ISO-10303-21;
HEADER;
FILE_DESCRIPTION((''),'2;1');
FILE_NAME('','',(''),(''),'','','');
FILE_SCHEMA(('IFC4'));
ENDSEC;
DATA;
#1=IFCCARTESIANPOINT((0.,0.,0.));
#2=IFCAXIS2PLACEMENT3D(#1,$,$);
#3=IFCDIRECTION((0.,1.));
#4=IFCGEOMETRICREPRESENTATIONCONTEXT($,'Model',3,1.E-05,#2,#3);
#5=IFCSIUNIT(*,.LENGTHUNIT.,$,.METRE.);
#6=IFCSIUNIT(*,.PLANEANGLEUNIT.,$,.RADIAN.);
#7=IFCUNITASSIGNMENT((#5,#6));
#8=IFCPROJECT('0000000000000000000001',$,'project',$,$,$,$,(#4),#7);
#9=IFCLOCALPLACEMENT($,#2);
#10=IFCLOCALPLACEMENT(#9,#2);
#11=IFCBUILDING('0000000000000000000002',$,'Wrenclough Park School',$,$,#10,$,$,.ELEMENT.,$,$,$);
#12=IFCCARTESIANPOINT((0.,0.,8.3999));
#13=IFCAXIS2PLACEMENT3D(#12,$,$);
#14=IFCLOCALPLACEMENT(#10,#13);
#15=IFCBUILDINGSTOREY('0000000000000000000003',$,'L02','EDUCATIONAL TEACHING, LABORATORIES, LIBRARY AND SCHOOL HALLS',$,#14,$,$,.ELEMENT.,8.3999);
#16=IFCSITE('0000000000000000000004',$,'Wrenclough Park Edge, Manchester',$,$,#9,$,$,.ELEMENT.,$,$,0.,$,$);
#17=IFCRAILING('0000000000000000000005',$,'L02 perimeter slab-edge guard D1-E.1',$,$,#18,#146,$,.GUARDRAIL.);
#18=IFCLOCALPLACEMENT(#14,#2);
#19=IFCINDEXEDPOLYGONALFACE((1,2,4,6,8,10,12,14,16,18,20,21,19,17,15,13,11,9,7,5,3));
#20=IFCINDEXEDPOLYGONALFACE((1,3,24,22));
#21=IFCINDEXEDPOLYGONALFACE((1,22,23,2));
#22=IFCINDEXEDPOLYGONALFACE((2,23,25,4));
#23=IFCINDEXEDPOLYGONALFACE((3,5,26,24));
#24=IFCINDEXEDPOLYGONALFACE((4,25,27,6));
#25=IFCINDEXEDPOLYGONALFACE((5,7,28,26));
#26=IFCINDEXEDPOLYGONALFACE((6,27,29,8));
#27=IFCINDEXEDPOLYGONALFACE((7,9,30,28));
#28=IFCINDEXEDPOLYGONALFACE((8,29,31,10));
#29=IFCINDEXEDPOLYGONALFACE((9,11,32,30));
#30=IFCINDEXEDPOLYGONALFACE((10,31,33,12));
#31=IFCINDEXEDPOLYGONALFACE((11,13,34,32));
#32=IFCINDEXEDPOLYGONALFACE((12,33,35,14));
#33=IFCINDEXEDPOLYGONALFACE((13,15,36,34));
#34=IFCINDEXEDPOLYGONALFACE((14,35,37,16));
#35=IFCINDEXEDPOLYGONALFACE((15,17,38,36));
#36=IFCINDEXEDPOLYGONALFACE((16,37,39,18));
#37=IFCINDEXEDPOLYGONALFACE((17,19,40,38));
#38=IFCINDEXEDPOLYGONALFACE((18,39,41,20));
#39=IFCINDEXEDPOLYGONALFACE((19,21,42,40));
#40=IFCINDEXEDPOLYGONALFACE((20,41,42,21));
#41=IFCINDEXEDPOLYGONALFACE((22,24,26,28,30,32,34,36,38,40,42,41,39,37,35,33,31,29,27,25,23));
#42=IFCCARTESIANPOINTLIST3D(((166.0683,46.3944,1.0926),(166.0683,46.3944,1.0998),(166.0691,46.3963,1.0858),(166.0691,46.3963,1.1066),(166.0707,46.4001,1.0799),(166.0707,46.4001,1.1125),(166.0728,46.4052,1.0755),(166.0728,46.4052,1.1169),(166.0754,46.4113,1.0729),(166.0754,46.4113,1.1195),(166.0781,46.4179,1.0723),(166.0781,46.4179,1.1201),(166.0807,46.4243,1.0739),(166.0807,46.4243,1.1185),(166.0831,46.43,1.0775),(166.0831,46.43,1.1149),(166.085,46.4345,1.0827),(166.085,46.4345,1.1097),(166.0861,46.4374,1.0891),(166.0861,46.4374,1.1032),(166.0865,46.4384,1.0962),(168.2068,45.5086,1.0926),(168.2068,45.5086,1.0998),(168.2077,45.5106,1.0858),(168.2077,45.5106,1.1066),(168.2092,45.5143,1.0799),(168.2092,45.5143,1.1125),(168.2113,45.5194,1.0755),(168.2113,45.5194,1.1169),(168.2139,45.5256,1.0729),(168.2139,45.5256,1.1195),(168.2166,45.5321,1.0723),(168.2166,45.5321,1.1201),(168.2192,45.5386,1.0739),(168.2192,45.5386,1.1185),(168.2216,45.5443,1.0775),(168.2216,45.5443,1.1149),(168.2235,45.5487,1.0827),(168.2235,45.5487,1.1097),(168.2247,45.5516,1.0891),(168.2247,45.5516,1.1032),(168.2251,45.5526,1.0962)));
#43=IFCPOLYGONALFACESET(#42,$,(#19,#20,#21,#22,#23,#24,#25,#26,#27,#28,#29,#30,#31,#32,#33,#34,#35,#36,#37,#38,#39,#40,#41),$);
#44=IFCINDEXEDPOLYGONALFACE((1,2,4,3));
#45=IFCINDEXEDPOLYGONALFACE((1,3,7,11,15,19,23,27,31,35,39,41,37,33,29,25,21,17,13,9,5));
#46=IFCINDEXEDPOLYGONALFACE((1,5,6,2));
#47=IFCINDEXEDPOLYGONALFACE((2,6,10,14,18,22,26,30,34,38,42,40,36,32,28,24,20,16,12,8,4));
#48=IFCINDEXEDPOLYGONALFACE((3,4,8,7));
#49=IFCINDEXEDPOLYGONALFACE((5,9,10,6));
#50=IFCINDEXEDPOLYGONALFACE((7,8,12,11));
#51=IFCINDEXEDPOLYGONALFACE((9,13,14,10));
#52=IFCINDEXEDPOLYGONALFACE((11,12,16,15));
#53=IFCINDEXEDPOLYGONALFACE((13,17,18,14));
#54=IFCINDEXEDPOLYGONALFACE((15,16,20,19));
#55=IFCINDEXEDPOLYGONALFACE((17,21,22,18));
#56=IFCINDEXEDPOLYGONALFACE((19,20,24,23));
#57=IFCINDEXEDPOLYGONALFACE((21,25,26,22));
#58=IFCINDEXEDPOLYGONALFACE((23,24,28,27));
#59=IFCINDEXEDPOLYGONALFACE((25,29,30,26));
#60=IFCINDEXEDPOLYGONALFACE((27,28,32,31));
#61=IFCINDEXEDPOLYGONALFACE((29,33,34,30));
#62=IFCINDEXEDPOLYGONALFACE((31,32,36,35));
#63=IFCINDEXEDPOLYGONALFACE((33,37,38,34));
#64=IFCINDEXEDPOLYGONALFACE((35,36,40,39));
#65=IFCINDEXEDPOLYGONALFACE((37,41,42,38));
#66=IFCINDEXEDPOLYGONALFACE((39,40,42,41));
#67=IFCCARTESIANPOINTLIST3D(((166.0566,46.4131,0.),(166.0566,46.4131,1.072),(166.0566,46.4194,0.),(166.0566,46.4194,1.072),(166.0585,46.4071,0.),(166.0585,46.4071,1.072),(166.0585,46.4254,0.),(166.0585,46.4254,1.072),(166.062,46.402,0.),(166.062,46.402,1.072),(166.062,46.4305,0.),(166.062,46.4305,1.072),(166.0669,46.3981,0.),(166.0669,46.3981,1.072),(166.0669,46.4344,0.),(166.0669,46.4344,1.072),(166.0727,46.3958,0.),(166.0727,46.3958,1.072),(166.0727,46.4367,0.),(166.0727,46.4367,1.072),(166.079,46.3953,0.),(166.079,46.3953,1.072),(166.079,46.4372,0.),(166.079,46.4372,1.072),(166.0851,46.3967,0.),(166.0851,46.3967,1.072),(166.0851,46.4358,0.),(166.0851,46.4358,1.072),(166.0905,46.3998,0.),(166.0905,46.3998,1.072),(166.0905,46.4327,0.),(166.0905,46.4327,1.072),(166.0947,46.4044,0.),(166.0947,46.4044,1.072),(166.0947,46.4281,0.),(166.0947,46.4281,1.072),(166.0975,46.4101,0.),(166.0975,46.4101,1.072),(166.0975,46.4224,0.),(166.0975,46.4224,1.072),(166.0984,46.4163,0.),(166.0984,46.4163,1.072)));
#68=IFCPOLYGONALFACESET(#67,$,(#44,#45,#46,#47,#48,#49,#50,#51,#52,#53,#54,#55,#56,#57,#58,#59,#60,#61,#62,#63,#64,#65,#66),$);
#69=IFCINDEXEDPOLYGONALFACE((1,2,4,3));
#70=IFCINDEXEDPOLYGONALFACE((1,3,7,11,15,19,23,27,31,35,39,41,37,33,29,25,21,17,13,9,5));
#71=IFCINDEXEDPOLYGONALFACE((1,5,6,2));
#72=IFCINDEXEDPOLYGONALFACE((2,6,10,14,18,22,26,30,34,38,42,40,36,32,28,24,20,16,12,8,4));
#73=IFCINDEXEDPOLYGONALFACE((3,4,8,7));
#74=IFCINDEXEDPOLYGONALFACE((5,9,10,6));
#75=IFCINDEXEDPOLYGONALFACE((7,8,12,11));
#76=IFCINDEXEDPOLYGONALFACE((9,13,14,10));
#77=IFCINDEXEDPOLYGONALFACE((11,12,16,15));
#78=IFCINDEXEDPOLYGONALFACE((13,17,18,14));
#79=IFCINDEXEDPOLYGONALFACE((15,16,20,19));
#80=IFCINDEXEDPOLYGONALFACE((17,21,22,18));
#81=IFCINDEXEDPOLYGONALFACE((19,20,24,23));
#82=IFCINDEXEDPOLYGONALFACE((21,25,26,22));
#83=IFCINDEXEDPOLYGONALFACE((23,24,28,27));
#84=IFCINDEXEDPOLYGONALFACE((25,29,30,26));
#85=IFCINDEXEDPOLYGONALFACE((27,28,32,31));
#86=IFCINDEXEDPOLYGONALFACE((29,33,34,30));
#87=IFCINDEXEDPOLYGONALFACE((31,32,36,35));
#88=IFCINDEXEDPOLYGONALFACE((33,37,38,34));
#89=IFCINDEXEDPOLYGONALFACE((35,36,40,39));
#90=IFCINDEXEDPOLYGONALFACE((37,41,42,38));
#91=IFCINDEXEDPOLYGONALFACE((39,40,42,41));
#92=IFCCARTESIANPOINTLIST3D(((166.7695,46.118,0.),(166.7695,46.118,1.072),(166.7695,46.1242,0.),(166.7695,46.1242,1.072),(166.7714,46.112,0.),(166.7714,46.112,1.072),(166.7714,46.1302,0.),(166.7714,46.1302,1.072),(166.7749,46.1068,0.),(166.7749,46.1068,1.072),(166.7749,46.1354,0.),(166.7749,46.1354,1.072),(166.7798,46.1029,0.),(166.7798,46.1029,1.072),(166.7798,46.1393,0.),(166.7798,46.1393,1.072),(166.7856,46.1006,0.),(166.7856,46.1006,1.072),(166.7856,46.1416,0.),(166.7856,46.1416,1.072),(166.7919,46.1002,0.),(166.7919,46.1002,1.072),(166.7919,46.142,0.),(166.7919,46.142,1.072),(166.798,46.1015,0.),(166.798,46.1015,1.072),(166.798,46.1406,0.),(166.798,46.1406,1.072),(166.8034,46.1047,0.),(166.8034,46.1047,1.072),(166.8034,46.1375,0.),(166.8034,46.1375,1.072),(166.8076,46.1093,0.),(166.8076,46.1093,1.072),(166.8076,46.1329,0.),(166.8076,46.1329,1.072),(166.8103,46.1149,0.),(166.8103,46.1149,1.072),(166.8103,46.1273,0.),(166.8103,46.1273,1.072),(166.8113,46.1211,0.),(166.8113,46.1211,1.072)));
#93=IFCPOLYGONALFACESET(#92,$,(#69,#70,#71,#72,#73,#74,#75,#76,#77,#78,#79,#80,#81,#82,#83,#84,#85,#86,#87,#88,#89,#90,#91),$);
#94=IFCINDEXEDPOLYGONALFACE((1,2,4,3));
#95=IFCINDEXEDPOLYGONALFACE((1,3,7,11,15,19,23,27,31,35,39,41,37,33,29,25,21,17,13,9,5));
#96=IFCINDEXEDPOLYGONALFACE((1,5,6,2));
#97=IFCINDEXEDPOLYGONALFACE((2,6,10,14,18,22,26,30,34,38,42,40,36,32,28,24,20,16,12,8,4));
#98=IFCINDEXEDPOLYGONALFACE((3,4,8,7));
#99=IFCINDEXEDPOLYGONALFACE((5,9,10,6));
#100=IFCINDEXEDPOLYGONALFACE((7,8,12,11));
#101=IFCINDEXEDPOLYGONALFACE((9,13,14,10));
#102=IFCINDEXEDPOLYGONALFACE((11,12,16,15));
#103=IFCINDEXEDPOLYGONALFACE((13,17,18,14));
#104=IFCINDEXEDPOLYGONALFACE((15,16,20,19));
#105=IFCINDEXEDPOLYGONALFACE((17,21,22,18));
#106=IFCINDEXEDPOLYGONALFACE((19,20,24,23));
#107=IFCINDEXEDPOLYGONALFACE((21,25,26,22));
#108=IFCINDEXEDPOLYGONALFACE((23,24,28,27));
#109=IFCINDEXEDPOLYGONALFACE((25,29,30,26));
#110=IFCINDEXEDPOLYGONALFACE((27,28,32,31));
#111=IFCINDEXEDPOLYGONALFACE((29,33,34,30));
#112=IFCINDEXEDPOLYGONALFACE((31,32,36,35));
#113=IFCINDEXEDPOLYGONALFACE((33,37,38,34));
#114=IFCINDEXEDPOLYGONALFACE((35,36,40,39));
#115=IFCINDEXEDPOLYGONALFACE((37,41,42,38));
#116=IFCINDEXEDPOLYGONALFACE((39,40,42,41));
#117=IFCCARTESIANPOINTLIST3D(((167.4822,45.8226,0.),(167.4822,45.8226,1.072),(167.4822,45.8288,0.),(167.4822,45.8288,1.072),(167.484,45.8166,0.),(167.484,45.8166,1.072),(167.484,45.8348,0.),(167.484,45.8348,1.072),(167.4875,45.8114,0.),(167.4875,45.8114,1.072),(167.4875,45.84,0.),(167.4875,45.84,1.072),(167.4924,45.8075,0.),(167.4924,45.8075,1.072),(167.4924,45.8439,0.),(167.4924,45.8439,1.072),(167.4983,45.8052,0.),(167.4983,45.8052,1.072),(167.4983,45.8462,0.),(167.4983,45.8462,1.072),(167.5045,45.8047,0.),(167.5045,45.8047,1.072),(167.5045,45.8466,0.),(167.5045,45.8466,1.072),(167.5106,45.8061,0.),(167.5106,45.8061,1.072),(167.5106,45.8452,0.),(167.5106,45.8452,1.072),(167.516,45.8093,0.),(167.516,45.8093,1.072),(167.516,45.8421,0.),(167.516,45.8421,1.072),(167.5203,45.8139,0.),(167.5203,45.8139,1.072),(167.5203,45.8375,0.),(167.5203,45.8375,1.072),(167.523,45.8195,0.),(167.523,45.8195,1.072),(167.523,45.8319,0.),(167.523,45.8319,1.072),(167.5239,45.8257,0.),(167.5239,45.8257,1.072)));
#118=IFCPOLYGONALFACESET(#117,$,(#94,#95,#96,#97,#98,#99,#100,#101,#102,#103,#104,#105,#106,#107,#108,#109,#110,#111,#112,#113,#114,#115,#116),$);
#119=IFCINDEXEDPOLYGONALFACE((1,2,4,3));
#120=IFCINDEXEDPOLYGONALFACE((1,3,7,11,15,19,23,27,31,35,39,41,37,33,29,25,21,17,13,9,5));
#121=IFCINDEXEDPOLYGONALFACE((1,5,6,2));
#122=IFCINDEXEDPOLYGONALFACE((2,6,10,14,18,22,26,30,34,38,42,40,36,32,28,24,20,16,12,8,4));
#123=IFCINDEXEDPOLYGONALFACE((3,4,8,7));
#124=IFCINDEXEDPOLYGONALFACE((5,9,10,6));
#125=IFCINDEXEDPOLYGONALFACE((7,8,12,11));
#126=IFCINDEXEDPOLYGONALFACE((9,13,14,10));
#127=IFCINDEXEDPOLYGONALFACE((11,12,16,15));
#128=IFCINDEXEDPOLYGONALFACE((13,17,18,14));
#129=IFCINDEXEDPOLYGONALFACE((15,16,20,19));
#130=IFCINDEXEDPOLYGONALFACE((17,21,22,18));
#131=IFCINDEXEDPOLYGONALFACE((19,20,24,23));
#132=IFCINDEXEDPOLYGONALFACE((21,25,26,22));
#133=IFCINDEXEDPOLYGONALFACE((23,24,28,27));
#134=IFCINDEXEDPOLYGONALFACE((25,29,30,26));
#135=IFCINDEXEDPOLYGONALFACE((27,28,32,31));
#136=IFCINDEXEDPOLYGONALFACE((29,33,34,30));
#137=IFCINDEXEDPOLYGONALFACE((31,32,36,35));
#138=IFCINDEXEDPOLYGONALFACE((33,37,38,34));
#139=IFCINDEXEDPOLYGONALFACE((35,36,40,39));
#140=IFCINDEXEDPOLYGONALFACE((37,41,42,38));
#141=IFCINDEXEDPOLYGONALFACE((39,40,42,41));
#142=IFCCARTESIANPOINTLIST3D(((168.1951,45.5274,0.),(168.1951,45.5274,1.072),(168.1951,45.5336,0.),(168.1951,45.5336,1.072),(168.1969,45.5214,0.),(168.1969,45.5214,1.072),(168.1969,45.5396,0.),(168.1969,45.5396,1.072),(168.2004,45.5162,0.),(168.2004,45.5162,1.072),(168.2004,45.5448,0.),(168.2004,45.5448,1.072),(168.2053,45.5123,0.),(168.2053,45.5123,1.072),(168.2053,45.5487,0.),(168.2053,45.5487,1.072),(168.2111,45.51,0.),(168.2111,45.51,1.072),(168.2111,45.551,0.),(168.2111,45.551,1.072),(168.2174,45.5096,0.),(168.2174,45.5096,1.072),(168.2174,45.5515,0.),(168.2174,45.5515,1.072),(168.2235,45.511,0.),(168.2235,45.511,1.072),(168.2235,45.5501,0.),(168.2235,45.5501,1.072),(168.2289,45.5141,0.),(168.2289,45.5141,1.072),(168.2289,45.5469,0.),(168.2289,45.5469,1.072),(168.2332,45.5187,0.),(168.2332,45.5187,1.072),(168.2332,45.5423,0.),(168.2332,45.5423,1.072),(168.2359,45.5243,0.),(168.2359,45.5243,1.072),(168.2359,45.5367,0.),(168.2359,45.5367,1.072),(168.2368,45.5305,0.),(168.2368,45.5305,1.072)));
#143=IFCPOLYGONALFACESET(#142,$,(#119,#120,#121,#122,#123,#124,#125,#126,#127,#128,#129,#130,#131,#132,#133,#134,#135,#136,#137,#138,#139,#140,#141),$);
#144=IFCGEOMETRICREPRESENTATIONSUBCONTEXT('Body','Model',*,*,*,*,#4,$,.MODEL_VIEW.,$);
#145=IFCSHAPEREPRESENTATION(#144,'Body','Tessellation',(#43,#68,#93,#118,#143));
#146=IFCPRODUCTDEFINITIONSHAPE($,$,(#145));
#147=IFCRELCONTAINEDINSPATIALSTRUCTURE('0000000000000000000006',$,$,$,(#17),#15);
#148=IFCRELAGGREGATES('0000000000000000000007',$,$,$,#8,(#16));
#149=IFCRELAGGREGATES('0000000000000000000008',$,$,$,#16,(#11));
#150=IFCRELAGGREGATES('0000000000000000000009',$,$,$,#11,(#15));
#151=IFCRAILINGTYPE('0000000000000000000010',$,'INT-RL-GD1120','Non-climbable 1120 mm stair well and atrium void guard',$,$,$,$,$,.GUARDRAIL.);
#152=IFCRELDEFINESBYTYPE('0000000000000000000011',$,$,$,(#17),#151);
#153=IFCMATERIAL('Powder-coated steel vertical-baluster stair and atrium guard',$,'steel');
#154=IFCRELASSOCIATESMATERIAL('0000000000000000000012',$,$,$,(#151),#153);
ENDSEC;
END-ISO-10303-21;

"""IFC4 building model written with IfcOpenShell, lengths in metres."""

from ifc_helpers import new_model, si_unit, direction, frame, origin, origin_2d, place, context, subcontext, project, spatial, circle, extrude, material, type_object, element, save


model = new_model("IFC4")

# Units and contexts
model_context = context("Model", 3, precision=1e-05, world=origin(), true_north=direction((0.0, 1.0)))
body_context = subcontext(model_context, "Body", "Model", "MODEL_VIEW")
ifc_project = project(units=[si_unit("LENGTHUNIT", "METRE"), si_unit("PLANEANGLEUNIT", "RADIAN")], contexts=[model_context])

# Site, building, storey
site_placement = place(None, origin())
site = spatial("IfcSite", under=ifc_project, at=site_placement, Name="Wrenclough Park Edge, Manchester", CompositionType="ELEMENT", RefElevation=0.0)
building_placement = place(site_placement, origin())
building = spatial("IfcBuilding", under=site, at=building_placement, Name="Wrenclough Park School", CompositionType="ELEMENT")
storey_placement = place(building_placement, frame((0.0, 0.0, 8.3999)))
storey = spatial("IfcBuildingStorey", under=building, at=storey_placement, Name="L02", Description="EDUCATIONAL TEACHING, LABORATORIES, LIBRARY AND SCHOOL HALLS", CompositionType="ELEMENT", Elevation=8.3999)

# Railing
ifc_material_1 = material(Name="Powder-coated steel vertical-baluster stair and atrium guard", Category="steel")
railing_type = type_object("IfcRailingType", Name="INT-RL-GD1120", Description="Non-climbable 1120 mm stair well and atrium void guard", PredefinedType="GUARDRAIL", material=ifc_material_1)
railing_1_placement = place(storey_placement, frame((166.0774, 46.4163, 0.0)))
element("IfcRailing", 1, at=railing_1_placement, inside=storey, type_object=railing_type, Name="L02 perimeter slab-edge guard D1-E.1", PredefinedType="GUARDRAIL", context=body_context, shape_type="SweptSolid", body=[
    extrude(circle(Radius=0.0239, at=origin_2d()), frame((0.0, 0.0, 1.0962), z_axis=(0.923883, -0.382675, 0.0), x_axis=(0.382675, 0.923883, 0.0)), (0.0, 0.0, 1.0), 2.3147),
    extrude(circle(Radius=0.021, at=origin_2d()), origin(), (0.0, 0.0, 1.0), 1.072),
    extrude(circle(Radius=0.021, at=origin_2d()), frame((0.7129, -0.2952, 0.0)), (0.0, 0.0, 1.0), 1.072),
    extrude(circle(Radius=0.021, at=origin_2d()), frame((1.4255, -0.5906, 0.0)), (0.0, 0.0, 1.0), 1.072),
    extrude(circle(Radius=0.021, at=origin_2d()), frame((2.1384, -0.8857, 0.0)), (0.0, 0.0, 1.0), 1.072),
])

save(model, "model.ifc")
